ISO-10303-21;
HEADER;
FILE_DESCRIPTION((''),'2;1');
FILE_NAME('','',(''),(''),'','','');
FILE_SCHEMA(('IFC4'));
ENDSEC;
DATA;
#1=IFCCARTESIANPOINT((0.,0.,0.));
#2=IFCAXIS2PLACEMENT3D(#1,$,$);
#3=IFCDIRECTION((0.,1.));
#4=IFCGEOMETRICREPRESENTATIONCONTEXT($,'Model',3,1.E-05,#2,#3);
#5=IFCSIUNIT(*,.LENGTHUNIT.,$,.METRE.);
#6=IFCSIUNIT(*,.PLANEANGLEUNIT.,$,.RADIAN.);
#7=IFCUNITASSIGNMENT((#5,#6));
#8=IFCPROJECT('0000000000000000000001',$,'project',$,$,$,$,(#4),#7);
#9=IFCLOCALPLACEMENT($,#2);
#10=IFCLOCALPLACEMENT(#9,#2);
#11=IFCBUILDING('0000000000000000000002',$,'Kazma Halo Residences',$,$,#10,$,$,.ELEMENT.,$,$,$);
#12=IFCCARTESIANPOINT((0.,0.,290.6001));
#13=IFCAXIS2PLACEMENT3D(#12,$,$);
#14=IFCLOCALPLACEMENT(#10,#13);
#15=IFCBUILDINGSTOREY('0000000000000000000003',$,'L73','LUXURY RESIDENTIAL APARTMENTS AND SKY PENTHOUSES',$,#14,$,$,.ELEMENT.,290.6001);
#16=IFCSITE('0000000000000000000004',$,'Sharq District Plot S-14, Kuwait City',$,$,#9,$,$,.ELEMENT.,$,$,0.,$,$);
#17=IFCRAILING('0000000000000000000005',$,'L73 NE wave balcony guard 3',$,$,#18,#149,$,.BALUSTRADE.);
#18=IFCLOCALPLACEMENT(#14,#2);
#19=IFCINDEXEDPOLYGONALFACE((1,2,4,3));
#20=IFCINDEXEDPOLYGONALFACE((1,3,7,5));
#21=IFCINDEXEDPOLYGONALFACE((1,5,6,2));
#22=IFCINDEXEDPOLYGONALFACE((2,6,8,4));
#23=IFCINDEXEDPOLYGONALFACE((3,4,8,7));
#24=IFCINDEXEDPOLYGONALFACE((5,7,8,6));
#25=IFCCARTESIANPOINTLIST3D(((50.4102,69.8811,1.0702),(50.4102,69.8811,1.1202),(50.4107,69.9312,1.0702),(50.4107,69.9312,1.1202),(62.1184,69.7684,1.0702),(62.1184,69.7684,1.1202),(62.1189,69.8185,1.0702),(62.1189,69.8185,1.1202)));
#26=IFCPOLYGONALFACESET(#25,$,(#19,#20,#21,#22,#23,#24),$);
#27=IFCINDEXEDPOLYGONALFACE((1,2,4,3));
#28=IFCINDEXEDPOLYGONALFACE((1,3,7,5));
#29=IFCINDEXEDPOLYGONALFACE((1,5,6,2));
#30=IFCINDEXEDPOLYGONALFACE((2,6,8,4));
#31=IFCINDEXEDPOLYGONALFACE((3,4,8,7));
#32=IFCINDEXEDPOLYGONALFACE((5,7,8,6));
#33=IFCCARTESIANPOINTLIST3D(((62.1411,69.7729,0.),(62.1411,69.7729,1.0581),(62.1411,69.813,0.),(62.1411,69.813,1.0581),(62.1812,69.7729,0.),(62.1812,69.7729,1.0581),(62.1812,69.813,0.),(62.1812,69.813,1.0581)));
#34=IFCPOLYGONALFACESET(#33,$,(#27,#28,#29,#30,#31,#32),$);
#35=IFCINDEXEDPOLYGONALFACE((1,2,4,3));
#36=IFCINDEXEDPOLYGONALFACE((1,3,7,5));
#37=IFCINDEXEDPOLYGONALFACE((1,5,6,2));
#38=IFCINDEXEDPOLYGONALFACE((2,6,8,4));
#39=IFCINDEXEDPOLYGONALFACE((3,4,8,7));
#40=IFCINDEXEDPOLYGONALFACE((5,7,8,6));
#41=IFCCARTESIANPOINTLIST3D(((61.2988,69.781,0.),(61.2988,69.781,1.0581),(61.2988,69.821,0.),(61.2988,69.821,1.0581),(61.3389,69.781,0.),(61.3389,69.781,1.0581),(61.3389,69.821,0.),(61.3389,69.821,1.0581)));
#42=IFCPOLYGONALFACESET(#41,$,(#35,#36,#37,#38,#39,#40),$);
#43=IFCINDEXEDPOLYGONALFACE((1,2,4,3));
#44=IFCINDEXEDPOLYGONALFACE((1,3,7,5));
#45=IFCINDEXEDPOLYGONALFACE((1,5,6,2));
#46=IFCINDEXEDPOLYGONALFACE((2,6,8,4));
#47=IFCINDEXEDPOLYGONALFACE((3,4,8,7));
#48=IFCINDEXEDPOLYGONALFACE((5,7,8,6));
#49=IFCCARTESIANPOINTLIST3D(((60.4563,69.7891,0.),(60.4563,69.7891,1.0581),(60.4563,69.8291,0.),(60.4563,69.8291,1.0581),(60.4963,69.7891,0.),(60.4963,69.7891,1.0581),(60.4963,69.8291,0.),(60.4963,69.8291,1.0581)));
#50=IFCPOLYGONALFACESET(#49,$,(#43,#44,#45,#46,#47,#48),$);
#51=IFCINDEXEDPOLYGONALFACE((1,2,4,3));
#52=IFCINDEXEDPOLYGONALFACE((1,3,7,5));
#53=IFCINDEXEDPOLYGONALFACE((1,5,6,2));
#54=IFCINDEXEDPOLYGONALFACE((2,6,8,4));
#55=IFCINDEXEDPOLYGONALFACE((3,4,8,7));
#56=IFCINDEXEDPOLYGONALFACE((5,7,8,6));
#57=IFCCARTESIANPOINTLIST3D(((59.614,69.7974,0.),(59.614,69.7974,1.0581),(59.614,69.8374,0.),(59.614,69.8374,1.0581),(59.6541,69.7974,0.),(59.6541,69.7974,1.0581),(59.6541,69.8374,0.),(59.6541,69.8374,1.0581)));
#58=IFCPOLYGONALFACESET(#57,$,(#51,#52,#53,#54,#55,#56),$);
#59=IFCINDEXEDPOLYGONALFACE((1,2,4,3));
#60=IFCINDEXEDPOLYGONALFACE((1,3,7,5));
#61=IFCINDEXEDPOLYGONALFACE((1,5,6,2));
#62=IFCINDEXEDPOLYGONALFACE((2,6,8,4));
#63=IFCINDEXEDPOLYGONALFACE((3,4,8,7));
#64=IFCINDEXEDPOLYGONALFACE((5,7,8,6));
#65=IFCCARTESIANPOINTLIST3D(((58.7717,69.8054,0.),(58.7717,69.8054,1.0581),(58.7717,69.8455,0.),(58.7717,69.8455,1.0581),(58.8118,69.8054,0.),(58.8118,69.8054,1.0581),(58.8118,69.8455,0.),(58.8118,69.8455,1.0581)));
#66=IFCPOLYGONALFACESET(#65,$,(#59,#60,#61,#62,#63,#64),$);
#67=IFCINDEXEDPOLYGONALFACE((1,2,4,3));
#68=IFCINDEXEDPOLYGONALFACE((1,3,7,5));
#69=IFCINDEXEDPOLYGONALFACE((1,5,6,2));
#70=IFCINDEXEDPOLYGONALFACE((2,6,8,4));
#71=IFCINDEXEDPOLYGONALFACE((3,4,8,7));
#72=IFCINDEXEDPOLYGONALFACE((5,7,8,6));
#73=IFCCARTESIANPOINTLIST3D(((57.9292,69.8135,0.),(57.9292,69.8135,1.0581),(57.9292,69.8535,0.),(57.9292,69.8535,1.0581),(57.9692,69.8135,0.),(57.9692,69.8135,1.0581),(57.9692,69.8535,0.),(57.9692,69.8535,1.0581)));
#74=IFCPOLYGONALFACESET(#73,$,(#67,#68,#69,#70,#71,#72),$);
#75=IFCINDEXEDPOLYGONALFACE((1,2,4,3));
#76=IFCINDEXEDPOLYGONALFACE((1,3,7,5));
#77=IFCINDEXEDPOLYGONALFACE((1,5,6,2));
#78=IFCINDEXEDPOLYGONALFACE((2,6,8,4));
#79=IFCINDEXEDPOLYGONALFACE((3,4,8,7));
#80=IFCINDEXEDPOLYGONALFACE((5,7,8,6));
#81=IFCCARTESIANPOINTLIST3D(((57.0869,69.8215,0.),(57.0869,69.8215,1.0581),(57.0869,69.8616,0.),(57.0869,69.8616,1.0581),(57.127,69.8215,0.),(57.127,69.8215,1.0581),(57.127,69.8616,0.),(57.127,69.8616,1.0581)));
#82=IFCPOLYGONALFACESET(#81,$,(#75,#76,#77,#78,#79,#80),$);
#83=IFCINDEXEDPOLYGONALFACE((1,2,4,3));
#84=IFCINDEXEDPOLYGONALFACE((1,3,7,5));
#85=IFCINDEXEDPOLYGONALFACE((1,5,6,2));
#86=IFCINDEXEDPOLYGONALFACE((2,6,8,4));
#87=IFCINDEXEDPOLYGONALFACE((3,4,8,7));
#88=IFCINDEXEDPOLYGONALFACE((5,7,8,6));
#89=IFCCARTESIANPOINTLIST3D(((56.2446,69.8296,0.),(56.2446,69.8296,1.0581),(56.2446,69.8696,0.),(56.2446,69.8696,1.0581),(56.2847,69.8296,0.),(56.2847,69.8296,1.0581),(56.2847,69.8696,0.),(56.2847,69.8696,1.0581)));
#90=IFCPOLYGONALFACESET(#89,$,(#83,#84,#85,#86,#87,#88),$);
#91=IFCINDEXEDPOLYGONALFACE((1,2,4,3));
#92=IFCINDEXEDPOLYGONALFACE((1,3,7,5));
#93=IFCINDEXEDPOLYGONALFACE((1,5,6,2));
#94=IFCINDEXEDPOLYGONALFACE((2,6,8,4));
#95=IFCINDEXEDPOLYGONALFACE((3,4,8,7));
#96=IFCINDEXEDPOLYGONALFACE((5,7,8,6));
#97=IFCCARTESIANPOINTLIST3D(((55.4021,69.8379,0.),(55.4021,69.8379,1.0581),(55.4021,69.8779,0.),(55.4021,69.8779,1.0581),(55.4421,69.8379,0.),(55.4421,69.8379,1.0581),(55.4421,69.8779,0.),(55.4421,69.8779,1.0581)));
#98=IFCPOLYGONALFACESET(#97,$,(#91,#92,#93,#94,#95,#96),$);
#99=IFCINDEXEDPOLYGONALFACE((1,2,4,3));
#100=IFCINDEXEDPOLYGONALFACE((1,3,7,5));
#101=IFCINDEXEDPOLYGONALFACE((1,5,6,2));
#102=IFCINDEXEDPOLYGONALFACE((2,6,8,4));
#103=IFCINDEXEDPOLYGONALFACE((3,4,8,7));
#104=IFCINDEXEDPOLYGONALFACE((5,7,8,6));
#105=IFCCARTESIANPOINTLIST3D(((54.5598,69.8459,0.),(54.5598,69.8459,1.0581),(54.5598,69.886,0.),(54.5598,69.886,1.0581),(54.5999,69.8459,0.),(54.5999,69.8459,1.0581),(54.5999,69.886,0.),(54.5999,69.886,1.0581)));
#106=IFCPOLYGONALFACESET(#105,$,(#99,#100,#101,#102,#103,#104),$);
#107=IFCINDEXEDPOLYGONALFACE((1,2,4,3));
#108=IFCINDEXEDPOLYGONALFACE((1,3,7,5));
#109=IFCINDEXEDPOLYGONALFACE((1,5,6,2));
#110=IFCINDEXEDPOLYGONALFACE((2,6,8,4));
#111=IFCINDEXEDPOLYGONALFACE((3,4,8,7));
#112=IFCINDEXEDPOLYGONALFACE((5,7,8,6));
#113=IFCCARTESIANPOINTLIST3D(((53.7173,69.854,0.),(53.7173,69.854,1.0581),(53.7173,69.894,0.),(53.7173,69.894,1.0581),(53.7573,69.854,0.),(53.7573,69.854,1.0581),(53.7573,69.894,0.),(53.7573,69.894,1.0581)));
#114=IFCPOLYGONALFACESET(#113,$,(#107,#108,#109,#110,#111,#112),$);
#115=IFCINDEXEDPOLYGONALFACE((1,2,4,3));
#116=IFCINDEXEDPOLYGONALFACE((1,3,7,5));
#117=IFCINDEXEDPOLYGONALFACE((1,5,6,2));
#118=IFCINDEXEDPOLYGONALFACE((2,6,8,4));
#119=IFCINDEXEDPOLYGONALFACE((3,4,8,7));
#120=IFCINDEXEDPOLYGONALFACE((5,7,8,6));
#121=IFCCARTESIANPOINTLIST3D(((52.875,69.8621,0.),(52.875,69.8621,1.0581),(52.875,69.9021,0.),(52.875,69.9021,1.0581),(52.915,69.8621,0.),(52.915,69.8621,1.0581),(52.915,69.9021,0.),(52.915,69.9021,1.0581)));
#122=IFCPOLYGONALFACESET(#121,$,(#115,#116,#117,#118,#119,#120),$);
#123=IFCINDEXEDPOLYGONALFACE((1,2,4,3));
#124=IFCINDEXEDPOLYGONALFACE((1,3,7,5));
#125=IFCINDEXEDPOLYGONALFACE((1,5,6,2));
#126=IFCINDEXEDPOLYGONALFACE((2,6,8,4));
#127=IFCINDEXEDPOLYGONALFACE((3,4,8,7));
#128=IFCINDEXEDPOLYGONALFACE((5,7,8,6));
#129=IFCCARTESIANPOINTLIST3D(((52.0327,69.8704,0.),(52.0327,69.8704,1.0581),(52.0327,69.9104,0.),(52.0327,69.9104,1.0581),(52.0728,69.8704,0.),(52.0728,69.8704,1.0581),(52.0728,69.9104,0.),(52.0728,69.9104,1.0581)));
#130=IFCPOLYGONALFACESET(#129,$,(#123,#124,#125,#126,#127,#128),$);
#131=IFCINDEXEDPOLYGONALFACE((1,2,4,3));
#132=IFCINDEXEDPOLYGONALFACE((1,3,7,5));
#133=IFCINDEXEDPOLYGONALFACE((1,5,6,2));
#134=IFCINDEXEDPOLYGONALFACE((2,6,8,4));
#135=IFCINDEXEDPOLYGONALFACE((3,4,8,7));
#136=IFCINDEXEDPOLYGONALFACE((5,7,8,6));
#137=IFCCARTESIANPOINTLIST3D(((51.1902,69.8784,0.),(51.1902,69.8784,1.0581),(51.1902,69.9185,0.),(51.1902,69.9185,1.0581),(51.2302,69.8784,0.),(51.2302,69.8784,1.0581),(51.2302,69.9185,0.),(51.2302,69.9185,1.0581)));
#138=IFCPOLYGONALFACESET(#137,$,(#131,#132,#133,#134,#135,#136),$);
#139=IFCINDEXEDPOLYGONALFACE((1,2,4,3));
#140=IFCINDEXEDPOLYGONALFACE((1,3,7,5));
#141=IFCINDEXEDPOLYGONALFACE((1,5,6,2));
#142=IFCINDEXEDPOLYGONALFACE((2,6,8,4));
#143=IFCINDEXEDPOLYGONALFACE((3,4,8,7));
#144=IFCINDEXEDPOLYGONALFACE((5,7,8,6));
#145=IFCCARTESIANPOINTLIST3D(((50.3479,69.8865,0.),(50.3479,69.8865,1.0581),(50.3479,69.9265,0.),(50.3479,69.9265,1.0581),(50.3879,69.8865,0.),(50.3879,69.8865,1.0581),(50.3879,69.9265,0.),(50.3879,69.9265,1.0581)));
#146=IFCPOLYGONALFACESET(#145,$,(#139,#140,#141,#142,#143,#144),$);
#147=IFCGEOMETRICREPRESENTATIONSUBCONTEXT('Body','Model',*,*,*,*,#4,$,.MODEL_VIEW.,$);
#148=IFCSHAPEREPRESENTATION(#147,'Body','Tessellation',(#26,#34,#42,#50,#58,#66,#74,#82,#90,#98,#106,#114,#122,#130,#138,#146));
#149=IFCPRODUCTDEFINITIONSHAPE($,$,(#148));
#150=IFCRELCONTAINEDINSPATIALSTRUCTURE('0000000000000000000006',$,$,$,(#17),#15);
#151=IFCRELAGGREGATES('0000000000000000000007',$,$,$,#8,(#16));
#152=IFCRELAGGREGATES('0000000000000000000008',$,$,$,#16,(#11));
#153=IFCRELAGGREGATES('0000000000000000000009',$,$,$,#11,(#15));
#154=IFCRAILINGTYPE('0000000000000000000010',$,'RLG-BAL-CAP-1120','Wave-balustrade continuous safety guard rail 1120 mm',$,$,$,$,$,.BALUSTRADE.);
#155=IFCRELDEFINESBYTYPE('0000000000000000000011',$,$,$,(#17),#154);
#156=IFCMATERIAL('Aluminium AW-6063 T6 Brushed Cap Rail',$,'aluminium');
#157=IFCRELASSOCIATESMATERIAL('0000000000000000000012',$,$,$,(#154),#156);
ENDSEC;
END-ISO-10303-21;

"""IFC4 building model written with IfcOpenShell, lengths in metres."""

from ifc_helpers import new_model, si_unit, direction, frame, origin, origin_2d, place, context, subcontext, project, spatial, rectangle, extrude, material, type_object, element, save


model = new_model("IFC4")

# Units and contexts
model_context = context("Model", 3, precision=1e-05, world=origin(), true_north=direction((0.0, 1.0)))
body_context = subcontext(model_context, "Body", "Model", "MODEL_VIEW")
ifc_project = project(units=[si_unit("LENGTHUNIT", "METRE"), si_unit("PLANEANGLEUNIT", "RADIAN")], contexts=[model_context])

# Site, building, storey
site_placement = place(None, origin())
site = spatial("IfcSite", under=ifc_project, at=site_placement, Name="Sharq District Plot S-14, Kuwait City", CompositionType="ELEMENT", RefElevation=0.0)
building_placement = place(site_placement, origin())
building = spatial("IfcBuilding", under=site, at=building_placement, Name="Kazma Halo Residences", CompositionType="ELEMENT")
storey_placement = place(building_placement, frame((0.0, 0.0, 290.6001)))
storey = spatial("IfcBuildingStorey", under=building, at=storey_placement, Name="L73", Description="LUXURY RESIDENTIAL APARTMENTS AND SKY PENTHOUSES", CompositionType="ELEMENT", Elevation=290.6001)

# Railing
ifc_material_1 = material(Name="Aluminium AW-6063 T6 Brushed Cap Rail", Category="aluminium")
railing_type = type_object("IfcRailingType", Name="RLG-BAL-CAP-1120", Description="Wave-balustrade continuous safety guard rail 1120 mm", PredefinedType="BALUSTRADE", material=ifc_material_1)
railing_1_placement = place(storey_placement, frame((62.1611, 69.793, 0.0)))
element("IfcRailing", 1, at=railing_1_placement, inside=storey, type_object=railing_type, Name="L73 NE wave balcony guard 3", PredefinedType="BALUSTRADE", context=body_context, shape_type="SweptSolid", body=[
    extrude(rectangle(XDim=0.05, YDim=0.05, at=origin_2d()), frame((-0.0425, 0.0005, 1.0952), z_axis=(-0.999954, 0.009626, 0.0), x_axis=(-0.009626, -0.999954, 0.0)), (0.0, 0.0, 1.0), 11.7087),
    extrude(rectangle(XDim=0.04, YDim=0.04, at=origin_2d()), origin(), (0.0, 0.0, 1.0), 1.0581),
    extrude(rectangle(XDim=0.04, YDim=0.04, at=origin_2d()), frame((-0.8423, 0.0081, 0.0)), (0.0, 0.0, 1.0), 1.0581),
    extrude(rectangle(XDim=0.04, YDim=0.04, at=origin_2d()), frame((-1.6848, 0.0161, 0.0)), (0.0, 0.0, 1.0), 1.0581),
    extrude(rectangle(XDim=0.04, YDim=0.04, at=origin_2d()), frame((-2.5271, 0.0244, 0.0)), (0.0, 0.0, 1.0), 1.0581),
    extrude(rectangle(XDim=0.04, YDim=0.04, at=origin_2d()), frame((-3.3694, 0.0325, 0.0)), (0.0, 0.0, 1.0), 1.0581),
    extrude(rectangle(XDim=0.04, YDim=0.04, at=origin_2d()), frame((-4.2119, 0.0405, 0.0)), (0.0, 0.0, 1.0), 1.0581),
    extrude(rectangle(XDim=0.04, YDim=0.04, at=origin_2d()), frame((-5.0542, 0.0486, 0.0)), (0.0, 0.0, 1.0), 1.0581),
    extrude(rectangle(XDim=0.04, YDim=0.04, at=origin_2d()), frame((-5.8965, 0.0566, 0.0)), (0.0, 0.0, 1.0), 1.0581),
    extrude(rectangle(XDim=0.04, YDim=0.04, at=origin_2d()), frame((-6.739, 0.0649, 0.0)), (0.0, 0.0, 1.0), 1.0581),
    extrude(rectangle(XDim=0.04, YDim=0.04, at=origin_2d()), frame((-7.5813, 0.073, 0.0)), (0.0, 0.0, 1.0), 1.0581),
    extrude(rectangle(XDim=0.04, YDim=0.04, at=origin_2d()), frame((-8.4238, 0.0811, 0.0)), (0.0, 0.0, 1.0), 1.0581),
    extrude(rectangle(XDim=0.04, YDim=0.04, at=origin_2d()), frame((-9.2661, 0.0891, 0.0)), (0.0, 0.0, 1.0), 1.0581),
    extrude(rectangle(XDim=0.04, YDim=0.04, at=origin_2d()), frame((-10.1084, 0.0974, 0.0)), (0.0, 0.0, 1.0), 1.0581),
    extrude(rectangle(XDim=0.04, YDim=0.04, at=origin_2d()), frame((-10.9509, 0.1055, 0.0)), (0.0, 0.0, 1.0), 1.0581),
    extrude(rectangle(XDim=0.04, YDim=0.04, at=origin_2d()), frame((-11.7932, 0.1135, 0.0)), (0.0, 0.0, 1.0), 1.0581),
])

save(model, "model.ifc")
